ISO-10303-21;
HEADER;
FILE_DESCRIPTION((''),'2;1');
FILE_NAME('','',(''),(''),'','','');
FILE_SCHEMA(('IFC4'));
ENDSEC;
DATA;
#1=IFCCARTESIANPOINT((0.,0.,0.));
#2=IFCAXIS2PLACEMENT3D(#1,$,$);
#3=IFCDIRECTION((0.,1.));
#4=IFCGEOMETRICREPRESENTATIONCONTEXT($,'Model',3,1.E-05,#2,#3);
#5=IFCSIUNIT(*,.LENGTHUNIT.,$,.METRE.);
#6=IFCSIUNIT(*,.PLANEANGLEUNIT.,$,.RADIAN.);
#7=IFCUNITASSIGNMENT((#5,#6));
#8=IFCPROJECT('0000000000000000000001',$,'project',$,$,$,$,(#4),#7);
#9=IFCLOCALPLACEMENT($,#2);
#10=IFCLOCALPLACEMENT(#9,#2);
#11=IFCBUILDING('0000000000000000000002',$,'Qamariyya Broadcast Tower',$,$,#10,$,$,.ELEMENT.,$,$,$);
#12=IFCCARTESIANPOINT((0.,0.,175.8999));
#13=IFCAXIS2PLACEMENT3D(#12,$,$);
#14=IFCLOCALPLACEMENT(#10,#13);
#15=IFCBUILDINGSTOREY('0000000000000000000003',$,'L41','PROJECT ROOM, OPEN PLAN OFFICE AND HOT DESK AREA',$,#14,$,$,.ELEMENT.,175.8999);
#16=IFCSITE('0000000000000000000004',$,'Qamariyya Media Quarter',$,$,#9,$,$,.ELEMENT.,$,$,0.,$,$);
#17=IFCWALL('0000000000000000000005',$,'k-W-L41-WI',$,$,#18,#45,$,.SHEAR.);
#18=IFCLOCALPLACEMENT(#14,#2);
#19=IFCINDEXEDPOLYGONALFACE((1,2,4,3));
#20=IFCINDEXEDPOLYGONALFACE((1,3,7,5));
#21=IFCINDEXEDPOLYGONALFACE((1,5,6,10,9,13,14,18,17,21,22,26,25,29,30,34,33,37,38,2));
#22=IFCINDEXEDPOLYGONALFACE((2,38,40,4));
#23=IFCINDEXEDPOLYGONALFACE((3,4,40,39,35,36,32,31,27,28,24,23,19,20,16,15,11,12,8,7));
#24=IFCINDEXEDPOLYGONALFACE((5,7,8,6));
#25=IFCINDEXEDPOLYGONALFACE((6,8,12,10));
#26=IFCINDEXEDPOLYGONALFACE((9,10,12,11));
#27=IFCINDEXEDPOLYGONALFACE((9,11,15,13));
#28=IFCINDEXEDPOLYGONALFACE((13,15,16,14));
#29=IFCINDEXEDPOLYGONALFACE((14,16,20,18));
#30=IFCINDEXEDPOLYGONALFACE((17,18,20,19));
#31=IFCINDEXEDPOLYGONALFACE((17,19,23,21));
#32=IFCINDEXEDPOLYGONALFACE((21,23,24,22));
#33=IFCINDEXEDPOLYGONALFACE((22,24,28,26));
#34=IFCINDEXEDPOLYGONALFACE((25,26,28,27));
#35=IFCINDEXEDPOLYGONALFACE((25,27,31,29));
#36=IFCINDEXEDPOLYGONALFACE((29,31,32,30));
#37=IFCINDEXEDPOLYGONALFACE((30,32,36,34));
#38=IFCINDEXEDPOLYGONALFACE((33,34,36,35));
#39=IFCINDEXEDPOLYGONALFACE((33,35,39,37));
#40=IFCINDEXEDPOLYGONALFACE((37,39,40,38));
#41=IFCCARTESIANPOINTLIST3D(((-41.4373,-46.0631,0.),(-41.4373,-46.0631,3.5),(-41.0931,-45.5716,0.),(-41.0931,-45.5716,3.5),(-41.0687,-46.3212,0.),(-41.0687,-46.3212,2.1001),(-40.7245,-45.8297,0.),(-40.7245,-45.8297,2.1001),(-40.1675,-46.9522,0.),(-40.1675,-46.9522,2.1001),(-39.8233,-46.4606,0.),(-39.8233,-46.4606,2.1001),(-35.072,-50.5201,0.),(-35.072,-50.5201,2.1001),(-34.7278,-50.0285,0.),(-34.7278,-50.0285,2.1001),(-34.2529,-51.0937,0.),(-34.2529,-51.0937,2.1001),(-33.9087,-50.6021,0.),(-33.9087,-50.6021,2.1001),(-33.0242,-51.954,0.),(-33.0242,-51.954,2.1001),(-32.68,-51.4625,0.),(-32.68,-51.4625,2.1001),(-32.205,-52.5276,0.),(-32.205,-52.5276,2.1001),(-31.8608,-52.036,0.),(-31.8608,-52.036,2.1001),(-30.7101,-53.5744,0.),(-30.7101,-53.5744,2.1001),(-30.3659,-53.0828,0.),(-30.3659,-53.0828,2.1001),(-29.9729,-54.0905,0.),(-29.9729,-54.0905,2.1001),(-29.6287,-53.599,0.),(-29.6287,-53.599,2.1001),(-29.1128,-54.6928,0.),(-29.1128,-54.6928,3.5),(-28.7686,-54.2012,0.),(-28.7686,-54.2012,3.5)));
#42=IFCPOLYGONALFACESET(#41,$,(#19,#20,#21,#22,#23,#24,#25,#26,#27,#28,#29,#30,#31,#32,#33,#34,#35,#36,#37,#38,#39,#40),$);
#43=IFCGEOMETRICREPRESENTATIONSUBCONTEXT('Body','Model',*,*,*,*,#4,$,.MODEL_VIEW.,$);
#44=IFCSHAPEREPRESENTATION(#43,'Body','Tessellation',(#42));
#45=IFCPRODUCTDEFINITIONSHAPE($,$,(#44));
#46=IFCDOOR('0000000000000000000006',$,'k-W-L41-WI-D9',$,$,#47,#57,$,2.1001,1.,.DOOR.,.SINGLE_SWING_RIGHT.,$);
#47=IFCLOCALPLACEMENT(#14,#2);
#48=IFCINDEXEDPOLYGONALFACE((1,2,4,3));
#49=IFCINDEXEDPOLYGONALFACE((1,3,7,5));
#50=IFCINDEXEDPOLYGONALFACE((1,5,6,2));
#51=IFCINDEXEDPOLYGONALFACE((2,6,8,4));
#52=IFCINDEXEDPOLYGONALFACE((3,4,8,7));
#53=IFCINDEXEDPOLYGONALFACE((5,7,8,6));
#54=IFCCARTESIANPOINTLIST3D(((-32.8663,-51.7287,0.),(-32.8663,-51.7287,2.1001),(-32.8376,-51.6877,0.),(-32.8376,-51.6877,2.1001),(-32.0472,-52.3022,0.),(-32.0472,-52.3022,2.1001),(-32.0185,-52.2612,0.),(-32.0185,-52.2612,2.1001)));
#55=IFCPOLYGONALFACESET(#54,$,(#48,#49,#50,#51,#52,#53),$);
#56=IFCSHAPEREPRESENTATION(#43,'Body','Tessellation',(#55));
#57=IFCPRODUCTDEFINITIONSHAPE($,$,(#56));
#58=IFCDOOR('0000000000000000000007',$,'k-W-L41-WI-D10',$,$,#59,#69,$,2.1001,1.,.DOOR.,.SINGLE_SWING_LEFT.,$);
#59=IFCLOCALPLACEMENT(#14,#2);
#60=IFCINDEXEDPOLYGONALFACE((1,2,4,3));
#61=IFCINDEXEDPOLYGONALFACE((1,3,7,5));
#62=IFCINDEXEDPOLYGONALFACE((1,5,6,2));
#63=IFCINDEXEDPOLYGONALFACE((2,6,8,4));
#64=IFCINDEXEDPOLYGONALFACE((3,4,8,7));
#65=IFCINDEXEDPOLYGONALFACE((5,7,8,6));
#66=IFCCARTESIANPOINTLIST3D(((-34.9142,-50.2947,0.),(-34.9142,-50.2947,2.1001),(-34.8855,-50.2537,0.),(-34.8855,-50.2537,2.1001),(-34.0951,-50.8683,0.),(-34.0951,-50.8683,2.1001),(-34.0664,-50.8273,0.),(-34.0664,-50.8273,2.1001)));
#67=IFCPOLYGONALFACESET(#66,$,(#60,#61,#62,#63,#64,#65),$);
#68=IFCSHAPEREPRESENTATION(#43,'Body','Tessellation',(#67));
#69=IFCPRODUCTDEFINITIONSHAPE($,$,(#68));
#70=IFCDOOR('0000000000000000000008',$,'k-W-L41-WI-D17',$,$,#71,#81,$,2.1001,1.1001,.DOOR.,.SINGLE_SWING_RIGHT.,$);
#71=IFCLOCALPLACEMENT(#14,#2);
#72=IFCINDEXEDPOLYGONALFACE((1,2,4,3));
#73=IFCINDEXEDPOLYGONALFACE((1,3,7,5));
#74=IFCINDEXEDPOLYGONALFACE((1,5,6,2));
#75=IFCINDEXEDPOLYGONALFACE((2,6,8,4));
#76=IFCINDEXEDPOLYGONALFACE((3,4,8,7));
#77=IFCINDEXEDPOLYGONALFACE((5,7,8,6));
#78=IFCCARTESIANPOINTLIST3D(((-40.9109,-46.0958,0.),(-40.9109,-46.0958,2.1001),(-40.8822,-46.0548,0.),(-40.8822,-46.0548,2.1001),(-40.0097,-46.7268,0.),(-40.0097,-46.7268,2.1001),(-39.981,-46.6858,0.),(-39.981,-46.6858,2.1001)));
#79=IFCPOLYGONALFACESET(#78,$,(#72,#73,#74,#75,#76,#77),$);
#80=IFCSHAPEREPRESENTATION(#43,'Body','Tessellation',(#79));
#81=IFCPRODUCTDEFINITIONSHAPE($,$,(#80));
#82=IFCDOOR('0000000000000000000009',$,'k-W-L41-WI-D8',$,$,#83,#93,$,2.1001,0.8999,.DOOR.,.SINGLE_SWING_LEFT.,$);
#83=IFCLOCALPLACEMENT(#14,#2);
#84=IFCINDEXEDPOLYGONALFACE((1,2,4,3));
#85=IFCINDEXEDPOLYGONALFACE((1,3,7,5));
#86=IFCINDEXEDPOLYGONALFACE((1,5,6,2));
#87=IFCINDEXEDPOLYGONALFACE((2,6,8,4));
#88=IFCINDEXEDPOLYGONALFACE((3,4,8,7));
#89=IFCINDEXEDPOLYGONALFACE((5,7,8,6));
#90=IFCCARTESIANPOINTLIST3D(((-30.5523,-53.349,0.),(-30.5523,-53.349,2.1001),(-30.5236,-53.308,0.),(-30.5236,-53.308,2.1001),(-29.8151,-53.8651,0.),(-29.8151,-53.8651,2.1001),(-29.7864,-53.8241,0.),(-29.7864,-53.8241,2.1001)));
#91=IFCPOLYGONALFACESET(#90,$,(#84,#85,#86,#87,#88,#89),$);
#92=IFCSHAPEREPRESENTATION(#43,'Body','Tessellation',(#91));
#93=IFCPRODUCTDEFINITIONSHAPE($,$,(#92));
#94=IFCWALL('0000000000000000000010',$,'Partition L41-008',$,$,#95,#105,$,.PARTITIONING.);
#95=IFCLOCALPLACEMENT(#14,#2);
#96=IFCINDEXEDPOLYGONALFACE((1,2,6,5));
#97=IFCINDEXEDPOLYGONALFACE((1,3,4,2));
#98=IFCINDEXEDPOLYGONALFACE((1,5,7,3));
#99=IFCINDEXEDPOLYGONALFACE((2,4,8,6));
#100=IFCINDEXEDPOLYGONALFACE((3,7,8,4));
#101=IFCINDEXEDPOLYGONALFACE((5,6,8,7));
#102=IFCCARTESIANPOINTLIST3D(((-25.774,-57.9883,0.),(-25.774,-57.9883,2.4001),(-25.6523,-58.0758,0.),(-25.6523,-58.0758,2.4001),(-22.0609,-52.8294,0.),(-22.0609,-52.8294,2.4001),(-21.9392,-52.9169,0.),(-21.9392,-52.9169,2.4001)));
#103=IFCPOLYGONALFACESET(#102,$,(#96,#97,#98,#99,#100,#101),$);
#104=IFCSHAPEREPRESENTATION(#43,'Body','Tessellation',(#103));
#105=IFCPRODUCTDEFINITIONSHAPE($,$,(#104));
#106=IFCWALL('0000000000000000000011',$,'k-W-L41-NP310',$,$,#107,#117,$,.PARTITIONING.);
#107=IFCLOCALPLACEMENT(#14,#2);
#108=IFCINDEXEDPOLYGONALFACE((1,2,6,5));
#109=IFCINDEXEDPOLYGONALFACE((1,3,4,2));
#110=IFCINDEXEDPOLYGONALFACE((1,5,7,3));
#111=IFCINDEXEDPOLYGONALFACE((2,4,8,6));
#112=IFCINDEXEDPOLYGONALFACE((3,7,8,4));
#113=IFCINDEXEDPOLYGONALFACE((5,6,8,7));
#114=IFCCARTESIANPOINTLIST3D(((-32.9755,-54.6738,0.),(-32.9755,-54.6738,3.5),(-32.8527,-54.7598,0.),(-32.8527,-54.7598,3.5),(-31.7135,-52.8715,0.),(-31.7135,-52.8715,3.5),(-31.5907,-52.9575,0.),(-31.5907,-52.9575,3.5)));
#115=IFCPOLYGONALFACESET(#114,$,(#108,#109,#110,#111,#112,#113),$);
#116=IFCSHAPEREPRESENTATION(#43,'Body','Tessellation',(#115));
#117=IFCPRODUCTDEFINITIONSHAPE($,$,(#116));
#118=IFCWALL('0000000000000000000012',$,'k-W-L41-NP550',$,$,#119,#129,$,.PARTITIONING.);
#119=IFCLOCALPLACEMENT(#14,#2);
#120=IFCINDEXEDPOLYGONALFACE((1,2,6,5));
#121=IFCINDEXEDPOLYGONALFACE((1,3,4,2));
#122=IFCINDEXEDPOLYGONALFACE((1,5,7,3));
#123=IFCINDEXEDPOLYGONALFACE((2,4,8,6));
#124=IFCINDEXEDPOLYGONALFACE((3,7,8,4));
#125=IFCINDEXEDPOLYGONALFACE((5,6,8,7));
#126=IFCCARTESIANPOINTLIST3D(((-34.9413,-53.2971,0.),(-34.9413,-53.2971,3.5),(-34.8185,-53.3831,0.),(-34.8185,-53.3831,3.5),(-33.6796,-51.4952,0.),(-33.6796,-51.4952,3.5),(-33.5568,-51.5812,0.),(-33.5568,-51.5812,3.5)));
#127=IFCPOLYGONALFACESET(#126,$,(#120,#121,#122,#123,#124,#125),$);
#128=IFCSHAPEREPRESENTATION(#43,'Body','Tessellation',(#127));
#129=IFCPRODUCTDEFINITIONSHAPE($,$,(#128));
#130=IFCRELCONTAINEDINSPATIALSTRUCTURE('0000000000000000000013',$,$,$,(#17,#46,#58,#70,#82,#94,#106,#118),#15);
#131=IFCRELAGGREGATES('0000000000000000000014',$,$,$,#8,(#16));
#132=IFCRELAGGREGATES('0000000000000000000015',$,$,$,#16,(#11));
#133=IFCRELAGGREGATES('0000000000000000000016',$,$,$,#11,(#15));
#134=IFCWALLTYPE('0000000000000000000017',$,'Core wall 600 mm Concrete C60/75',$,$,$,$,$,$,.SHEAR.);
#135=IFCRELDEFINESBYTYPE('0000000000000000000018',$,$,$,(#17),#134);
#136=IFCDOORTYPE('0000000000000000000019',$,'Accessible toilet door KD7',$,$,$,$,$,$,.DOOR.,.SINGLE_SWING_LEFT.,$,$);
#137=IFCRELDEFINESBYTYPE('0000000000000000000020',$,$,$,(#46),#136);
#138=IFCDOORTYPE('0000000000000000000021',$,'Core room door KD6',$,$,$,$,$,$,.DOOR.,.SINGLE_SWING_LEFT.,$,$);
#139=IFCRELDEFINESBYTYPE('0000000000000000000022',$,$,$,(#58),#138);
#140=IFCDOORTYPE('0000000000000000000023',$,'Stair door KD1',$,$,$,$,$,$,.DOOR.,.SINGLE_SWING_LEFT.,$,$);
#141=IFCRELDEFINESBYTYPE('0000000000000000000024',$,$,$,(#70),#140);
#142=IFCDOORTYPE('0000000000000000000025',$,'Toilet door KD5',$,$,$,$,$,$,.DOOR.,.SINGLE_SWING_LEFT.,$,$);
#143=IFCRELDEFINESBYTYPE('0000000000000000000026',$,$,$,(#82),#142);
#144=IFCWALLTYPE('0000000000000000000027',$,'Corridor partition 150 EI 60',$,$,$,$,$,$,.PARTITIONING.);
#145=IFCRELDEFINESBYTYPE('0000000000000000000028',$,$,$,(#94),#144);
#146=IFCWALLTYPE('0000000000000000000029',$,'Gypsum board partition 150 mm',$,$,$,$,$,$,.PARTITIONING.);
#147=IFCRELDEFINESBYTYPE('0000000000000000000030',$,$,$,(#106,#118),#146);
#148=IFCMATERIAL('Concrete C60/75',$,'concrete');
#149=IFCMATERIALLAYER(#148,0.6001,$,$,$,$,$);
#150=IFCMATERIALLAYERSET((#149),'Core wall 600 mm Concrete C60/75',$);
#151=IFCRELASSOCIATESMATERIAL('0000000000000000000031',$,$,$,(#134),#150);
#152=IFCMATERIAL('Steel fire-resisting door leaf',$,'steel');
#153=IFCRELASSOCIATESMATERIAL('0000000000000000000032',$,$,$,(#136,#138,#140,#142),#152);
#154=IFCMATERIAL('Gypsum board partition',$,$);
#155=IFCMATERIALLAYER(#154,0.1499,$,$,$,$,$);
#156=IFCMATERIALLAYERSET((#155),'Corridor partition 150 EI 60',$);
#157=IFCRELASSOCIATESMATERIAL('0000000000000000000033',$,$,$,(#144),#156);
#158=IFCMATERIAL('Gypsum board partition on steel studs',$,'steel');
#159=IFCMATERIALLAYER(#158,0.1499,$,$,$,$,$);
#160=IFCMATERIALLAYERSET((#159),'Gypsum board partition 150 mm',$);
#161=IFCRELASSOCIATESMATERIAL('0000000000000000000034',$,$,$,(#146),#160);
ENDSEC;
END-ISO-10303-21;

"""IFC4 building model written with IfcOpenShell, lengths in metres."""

from ifc_helpers import new_model, si_unit, direction, frame, frame_2d, origin, place, context, subcontext, project, spatial, rectangle, extrude, material, layer, layer_set, type_object, element, fill, save


model = new_model("IFC4")

# Units and contexts
model_context = context("Model", 3, precision=1e-05, world=origin(), true_north=direction((0.0, 1.0)))
body_context = subcontext(model_context, "Body", "Model", "MODEL_VIEW")
ifc_project = project(units=[si_unit("LENGTHUNIT", "METRE"), si_unit("PLANEANGLEUNIT", "RADIAN")], contexts=[model_context])

# Site, building, storey
site_placement = place(None, origin())
site = spatial("IfcSite", under=ifc_project, at=site_placement, Name="Qamariyya Media Quarter", CompositionType="ELEMENT", RefElevation=0.0)
building_placement = place(site_placement, origin())
building = spatial("IfcBuilding", under=site, at=building_placement, Name="Qamariyya Broadcast Tower", CompositionType="ELEMENT")
storey_placement = place(building_placement, frame((0.0, 0.0, 175.8999)))
storey = spatial("IfcBuildingStorey", under=building, at=storey_placement, Name="L41", Description="PROJECT ROOM, OPEN PLAN OFFICE AND HOT DESK AREA", CompositionType="ELEMENT", Elevation=175.8999)

# Shared definitions
ifc_material_1 = material(Name="Concrete C60/75", Category="concrete")

# Wall, openings, doors
ifc_layer_1 = layer(ifc_material_1, 0.6001)
ifc_layer_set_1 = layer_set([ifc_layer_1], Name="Core wall 600 mm Concrete C60/75")
wall_type_1 = type_object("IfcWallType", Name="Core wall 600 mm Concrete C60/75", PredefinedType="SHEAR", material=ifc_layer_set_1)
wall_1_placement = place(storey_placement, frame((-28.9407, -54.447, 0.0), z_axis=(0.0, 0.0, 1.0), x_axis=(-0.819153, 0.573575, 0.0)))
wall_1 = element("IfcWall", 1, at=wall_1_placement, inside=storey, type_object=wall_type_1, Name="k-W-L41-WI", PredefinedType="SHEAR", context=body_context, shape_type="SweptSolid", body=[
    extrude(rectangle(XDim=15.0454, YDim=0.6001, at=frame_2d((7.5227, 0.0))), origin(), (0.0, 0.0, 1.0), 3.5),
])
opening_1_placement = place(wall_1_placement, frame((1.05, 0.0, 0.0)))
opening_1 = element("IfcOpeningElement", 2, at=opening_1_placement, cuts=wall_1, PredefinedType="OPENING", context=body_context, shape_type="SweptSolid", body=[
    extrude(rectangle(XDim=0.8999, YDim=2.1001, at=frame_2d((0.45, 1.05))), frame((0.0, 0.3101, 0.0), z_axis=(0.0, -1.0, 0.0), x_axis=(1.0, 0.0, 0.0)), (0.0, 0.0, 1.0), 0.6201),
])
opening_2_placement = place(wall_1_placement, frame((3.7749, 0.0, 0.0)))
opening_2 = element("IfcOpeningElement", 3, at=opening_2_placement, cuts=wall_1, PredefinedType="OPENING", context=body_context, shape_type="SweptSolid", body=[
    extrude(rectangle(XDim=1.0, YDim=2.1001, at=frame_2d((0.5, 1.05))), frame((0.0, 0.3101, 0.0), z_axis=(0.0, -1.0, 0.0), x_axis=(1.0, 0.0, 0.0)), (0.0, 0.0, 1.0), 0.6201),
])
opening_3_placement = place(wall_1_placement, frame((6.2749, 0.0, 0.0)))
opening_3 = element("IfcOpeningElement", 4, at=opening_3_placement, cuts=wall_1, PredefinedType="OPENING", context=body_context, shape_type="SweptSolid", body=[
    extrude(rectangle(XDim=1.0, YDim=2.1001, at=frame_2d((0.5, 1.05))), frame((0.0, 0.3101, 0.0), z_axis=(0.0, -1.0, 0.0), x_axis=(1.0, 0.0, 0.0)), (0.0, 0.0, 1.0), 0.6201),
])
opening_4_placement = place(wall_1_placement, frame((13.4954, 0.0, 0.0)))
opening_4 = element("IfcOpeningElement", 5, at=opening_4_placement, cuts=wall_1, PredefinedType="OPENING", context=body_context, shape_type="SweptSolid", body=[
    extrude(rectangle(XDim=1.1001, YDim=2.1001, at=frame_2d((0.55, 1.05))), frame((0.0, 0.3101, 0.0), z_axis=(0.0, -1.0, 0.0), x_axis=(1.0, 0.0, 0.0)), (0.0, 0.0, 1.0), 0.6201),
])
ifc_material_2 = material(Name="Steel fire-resisting door leaf", Category="steel")
door_type_1 = type_object("IfcDoorType", Name="Accessible toilet door KD7", OperationType="SINGLE_SWING_LEFT", PredefinedType="DOOR", material=ifc_material_2)
door_1_placement = place(opening_2_placement, origin())
door_1 = element("IfcDoor", 6, at=door_1_placement, inside=storey, type_object=door_type_1, Name="k-W-L41-WI-D9", OperationType="SINGLE_SWING_RIGHT", OverallHeight=2.1001, OverallWidth=1.0, PredefinedType="DOOR", context=body_context, shape_type="SweptSolid", body=[
    extrude(rectangle(XDim=1.0, YDim=2.1001, at=frame_2d((0.5, 1.05))), frame((0.0, 0.0249, 0.0), z_axis=(0.0, -1.0, 0.0), x_axis=(1.0, 0.0, 0.0)), (0.0, 0.0, 1.0), 0.05),
])
fill(opening_2, door_1)
door_type_2 = type_object("IfcDoorType", Name="Core room door KD6", OperationType="SINGLE_SWING_LEFT", PredefinedType="DOOR", material=ifc_material_2)
door_2_placement = place(opening_3_placement, origin())
door_2 = element("IfcDoor", 7, at=door_2_placement, inside=storey, type_object=door_type_2, Name="k-W-L41-WI-D10", OperationType="SINGLE_SWING_LEFT", OverallHeight=2.1001, OverallWidth=1.0, PredefinedType="DOOR", context=body_context, shape_type="SweptSolid", body=[
    extrude(rectangle(XDim=1.0, YDim=2.1001, at=frame_2d((0.5, 1.05))), frame((0.0, 0.0249, 0.0), z_axis=(0.0, -1.0, 0.0), x_axis=(1.0, 0.0, 0.0)), (0.0, 0.0, 1.0), 0.05),
])
fill(opening_3, door_2)
door_type_3 = type_object("IfcDoorType", Name="Stair door KD1", OperationType="SINGLE_SWING_LEFT", PredefinedType="DOOR", material=ifc_material_2)
door_3_placement = place(opening_4_placement, origin())
door_3 = element("IfcDoor", 8, at=door_3_placement, inside=storey, type_object=door_type_3, Name="k-W-L41-WI-D17", OperationType="SINGLE_SWING_RIGHT", OverallHeight=2.1001, OverallWidth=1.1001, PredefinedType="DOOR", context=body_context, shape_type="SweptSolid", body=[
    extrude(rectangle(XDim=1.1001, YDim=2.1001, at=frame_2d((0.55, 1.05))), frame((0.0, 0.0249, 0.0), z_axis=(0.0, -1.0, 0.0), x_axis=(1.0, 0.0, 0.0)), (0.0, 0.0, 1.0), 0.05),
])
fill(opening_4, door_3)
door_type_4 = type_object("IfcDoorType", Name="Toilet door KD5", OperationType="SINGLE_SWING_LEFT", PredefinedType="DOOR", material=ifc_material_2)
door_4_placement = place(opening_1_placement, origin())
door_4 = element("IfcDoor", 9, at=door_4_placement, inside=storey, type_object=door_type_4, Name="k-W-L41-WI-D8", OperationType="SINGLE_SWING_LEFT", OverallHeight=2.1001, OverallWidth=0.8999, PredefinedType="DOOR", context=body_context, shape_type="SweptSolid", body=[
    extrude(rectangle(XDim=0.8999, YDim=2.1001, at=frame_2d((0.45, 1.05))), frame((0.0, 0.0249, 0.0), z_axis=(0.0, -1.0, 0.0), x_axis=(1.0, 0.0, 0.0)), (0.0, 0.0, 1.0), 0.05),
])
fill(opening_1, door_4)

# Walls
ifc_material_3 = material(Name="Gypsum board partition")
ifc_layer_2 = layer(ifc_material_3, 0.1499)
ifc_layer_set_2 = layer_set([ifc_layer_2], Name="Corridor partition 150 EI 60")
wall_type_2 = type_object("IfcWallType", Name="Corridor partition 150 EI 60", PredefinedType="PARTITIONING", material=ifc_layer_set_2)
wall_2_placement = place(storey_placement, frame((-22.0, -52.873, 0.0), z_axis=(0.0, 0.0, 1.0), x_axis=(-0.58417, -0.811631, 0.0)))
element("IfcWall", 10, at=wall_2_placement, inside=storey, type_object=wall_type_2, Name="Partition L41-008", PredefinedType="PARTITIONING", context=body_context, shape_type="SweptSolid", body=[
    extrude(rectangle(XDim=6.3562, YDim=0.1499, at=frame_2d((3.1782, 0.0))), origin(), (0.0, 0.0, 1.0), 2.4001),
])
ifc_material_4 = material(Name="Gypsum board partition on steel studs", Category="steel")
ifc_layer_3 = layer(ifc_material_4, 0.1499)
ifc_layer_set_3 = layer_set([ifc_layer_3], Name="Gypsum board partition 150 mm")
wall_type_3 = type_object("IfcWallType", Name="Gypsum board partition 150 mm", PredefinedType="PARTITIONING", material=ifc_layer_set_3)
wall_3_placement = place(storey_placement, frame((-32.9141, -54.7168, 0.0), z_axis=(0.0, 0.0, 1.0), x_axis=(0.573581, 0.819149, 0.0)))
element("IfcWall", 11, at=wall_3_placement, inside=storey, type_object=wall_type_3, Name="k-W-L41-NP310", PredefinedType="PARTITIONING", context=body_context, shape_type="SweptSolid", body=[
    extrude(rectangle(XDim=2.2002, YDim=0.1499, at=frame_2d((1.1001, 0.0))), origin(), (0.0, 0.0, 1.0), 3.5),
])
wall_4_placement = place(storey_placement, frame((-34.8799, -53.3401, 0.0), z_axis=(0.0, 0.0, 1.0), x_axis=(0.573559, 0.819164, 0.0)))
element("IfcWall", 12, at=wall_4_placement, inside=storey, type_object=wall_type_3, Name="k-W-L41-NP550", PredefinedType="PARTITIONING", context=body_context, shape_type="SweptSolid", body=[
    extrude(rectangle(XDim=2.1997, YDim=0.1499, at=frame_2d((1.0999, 0.0))), origin(), (0.0, 0.0, 1.0), 3.5),
])

save(model, "model.ifc")
